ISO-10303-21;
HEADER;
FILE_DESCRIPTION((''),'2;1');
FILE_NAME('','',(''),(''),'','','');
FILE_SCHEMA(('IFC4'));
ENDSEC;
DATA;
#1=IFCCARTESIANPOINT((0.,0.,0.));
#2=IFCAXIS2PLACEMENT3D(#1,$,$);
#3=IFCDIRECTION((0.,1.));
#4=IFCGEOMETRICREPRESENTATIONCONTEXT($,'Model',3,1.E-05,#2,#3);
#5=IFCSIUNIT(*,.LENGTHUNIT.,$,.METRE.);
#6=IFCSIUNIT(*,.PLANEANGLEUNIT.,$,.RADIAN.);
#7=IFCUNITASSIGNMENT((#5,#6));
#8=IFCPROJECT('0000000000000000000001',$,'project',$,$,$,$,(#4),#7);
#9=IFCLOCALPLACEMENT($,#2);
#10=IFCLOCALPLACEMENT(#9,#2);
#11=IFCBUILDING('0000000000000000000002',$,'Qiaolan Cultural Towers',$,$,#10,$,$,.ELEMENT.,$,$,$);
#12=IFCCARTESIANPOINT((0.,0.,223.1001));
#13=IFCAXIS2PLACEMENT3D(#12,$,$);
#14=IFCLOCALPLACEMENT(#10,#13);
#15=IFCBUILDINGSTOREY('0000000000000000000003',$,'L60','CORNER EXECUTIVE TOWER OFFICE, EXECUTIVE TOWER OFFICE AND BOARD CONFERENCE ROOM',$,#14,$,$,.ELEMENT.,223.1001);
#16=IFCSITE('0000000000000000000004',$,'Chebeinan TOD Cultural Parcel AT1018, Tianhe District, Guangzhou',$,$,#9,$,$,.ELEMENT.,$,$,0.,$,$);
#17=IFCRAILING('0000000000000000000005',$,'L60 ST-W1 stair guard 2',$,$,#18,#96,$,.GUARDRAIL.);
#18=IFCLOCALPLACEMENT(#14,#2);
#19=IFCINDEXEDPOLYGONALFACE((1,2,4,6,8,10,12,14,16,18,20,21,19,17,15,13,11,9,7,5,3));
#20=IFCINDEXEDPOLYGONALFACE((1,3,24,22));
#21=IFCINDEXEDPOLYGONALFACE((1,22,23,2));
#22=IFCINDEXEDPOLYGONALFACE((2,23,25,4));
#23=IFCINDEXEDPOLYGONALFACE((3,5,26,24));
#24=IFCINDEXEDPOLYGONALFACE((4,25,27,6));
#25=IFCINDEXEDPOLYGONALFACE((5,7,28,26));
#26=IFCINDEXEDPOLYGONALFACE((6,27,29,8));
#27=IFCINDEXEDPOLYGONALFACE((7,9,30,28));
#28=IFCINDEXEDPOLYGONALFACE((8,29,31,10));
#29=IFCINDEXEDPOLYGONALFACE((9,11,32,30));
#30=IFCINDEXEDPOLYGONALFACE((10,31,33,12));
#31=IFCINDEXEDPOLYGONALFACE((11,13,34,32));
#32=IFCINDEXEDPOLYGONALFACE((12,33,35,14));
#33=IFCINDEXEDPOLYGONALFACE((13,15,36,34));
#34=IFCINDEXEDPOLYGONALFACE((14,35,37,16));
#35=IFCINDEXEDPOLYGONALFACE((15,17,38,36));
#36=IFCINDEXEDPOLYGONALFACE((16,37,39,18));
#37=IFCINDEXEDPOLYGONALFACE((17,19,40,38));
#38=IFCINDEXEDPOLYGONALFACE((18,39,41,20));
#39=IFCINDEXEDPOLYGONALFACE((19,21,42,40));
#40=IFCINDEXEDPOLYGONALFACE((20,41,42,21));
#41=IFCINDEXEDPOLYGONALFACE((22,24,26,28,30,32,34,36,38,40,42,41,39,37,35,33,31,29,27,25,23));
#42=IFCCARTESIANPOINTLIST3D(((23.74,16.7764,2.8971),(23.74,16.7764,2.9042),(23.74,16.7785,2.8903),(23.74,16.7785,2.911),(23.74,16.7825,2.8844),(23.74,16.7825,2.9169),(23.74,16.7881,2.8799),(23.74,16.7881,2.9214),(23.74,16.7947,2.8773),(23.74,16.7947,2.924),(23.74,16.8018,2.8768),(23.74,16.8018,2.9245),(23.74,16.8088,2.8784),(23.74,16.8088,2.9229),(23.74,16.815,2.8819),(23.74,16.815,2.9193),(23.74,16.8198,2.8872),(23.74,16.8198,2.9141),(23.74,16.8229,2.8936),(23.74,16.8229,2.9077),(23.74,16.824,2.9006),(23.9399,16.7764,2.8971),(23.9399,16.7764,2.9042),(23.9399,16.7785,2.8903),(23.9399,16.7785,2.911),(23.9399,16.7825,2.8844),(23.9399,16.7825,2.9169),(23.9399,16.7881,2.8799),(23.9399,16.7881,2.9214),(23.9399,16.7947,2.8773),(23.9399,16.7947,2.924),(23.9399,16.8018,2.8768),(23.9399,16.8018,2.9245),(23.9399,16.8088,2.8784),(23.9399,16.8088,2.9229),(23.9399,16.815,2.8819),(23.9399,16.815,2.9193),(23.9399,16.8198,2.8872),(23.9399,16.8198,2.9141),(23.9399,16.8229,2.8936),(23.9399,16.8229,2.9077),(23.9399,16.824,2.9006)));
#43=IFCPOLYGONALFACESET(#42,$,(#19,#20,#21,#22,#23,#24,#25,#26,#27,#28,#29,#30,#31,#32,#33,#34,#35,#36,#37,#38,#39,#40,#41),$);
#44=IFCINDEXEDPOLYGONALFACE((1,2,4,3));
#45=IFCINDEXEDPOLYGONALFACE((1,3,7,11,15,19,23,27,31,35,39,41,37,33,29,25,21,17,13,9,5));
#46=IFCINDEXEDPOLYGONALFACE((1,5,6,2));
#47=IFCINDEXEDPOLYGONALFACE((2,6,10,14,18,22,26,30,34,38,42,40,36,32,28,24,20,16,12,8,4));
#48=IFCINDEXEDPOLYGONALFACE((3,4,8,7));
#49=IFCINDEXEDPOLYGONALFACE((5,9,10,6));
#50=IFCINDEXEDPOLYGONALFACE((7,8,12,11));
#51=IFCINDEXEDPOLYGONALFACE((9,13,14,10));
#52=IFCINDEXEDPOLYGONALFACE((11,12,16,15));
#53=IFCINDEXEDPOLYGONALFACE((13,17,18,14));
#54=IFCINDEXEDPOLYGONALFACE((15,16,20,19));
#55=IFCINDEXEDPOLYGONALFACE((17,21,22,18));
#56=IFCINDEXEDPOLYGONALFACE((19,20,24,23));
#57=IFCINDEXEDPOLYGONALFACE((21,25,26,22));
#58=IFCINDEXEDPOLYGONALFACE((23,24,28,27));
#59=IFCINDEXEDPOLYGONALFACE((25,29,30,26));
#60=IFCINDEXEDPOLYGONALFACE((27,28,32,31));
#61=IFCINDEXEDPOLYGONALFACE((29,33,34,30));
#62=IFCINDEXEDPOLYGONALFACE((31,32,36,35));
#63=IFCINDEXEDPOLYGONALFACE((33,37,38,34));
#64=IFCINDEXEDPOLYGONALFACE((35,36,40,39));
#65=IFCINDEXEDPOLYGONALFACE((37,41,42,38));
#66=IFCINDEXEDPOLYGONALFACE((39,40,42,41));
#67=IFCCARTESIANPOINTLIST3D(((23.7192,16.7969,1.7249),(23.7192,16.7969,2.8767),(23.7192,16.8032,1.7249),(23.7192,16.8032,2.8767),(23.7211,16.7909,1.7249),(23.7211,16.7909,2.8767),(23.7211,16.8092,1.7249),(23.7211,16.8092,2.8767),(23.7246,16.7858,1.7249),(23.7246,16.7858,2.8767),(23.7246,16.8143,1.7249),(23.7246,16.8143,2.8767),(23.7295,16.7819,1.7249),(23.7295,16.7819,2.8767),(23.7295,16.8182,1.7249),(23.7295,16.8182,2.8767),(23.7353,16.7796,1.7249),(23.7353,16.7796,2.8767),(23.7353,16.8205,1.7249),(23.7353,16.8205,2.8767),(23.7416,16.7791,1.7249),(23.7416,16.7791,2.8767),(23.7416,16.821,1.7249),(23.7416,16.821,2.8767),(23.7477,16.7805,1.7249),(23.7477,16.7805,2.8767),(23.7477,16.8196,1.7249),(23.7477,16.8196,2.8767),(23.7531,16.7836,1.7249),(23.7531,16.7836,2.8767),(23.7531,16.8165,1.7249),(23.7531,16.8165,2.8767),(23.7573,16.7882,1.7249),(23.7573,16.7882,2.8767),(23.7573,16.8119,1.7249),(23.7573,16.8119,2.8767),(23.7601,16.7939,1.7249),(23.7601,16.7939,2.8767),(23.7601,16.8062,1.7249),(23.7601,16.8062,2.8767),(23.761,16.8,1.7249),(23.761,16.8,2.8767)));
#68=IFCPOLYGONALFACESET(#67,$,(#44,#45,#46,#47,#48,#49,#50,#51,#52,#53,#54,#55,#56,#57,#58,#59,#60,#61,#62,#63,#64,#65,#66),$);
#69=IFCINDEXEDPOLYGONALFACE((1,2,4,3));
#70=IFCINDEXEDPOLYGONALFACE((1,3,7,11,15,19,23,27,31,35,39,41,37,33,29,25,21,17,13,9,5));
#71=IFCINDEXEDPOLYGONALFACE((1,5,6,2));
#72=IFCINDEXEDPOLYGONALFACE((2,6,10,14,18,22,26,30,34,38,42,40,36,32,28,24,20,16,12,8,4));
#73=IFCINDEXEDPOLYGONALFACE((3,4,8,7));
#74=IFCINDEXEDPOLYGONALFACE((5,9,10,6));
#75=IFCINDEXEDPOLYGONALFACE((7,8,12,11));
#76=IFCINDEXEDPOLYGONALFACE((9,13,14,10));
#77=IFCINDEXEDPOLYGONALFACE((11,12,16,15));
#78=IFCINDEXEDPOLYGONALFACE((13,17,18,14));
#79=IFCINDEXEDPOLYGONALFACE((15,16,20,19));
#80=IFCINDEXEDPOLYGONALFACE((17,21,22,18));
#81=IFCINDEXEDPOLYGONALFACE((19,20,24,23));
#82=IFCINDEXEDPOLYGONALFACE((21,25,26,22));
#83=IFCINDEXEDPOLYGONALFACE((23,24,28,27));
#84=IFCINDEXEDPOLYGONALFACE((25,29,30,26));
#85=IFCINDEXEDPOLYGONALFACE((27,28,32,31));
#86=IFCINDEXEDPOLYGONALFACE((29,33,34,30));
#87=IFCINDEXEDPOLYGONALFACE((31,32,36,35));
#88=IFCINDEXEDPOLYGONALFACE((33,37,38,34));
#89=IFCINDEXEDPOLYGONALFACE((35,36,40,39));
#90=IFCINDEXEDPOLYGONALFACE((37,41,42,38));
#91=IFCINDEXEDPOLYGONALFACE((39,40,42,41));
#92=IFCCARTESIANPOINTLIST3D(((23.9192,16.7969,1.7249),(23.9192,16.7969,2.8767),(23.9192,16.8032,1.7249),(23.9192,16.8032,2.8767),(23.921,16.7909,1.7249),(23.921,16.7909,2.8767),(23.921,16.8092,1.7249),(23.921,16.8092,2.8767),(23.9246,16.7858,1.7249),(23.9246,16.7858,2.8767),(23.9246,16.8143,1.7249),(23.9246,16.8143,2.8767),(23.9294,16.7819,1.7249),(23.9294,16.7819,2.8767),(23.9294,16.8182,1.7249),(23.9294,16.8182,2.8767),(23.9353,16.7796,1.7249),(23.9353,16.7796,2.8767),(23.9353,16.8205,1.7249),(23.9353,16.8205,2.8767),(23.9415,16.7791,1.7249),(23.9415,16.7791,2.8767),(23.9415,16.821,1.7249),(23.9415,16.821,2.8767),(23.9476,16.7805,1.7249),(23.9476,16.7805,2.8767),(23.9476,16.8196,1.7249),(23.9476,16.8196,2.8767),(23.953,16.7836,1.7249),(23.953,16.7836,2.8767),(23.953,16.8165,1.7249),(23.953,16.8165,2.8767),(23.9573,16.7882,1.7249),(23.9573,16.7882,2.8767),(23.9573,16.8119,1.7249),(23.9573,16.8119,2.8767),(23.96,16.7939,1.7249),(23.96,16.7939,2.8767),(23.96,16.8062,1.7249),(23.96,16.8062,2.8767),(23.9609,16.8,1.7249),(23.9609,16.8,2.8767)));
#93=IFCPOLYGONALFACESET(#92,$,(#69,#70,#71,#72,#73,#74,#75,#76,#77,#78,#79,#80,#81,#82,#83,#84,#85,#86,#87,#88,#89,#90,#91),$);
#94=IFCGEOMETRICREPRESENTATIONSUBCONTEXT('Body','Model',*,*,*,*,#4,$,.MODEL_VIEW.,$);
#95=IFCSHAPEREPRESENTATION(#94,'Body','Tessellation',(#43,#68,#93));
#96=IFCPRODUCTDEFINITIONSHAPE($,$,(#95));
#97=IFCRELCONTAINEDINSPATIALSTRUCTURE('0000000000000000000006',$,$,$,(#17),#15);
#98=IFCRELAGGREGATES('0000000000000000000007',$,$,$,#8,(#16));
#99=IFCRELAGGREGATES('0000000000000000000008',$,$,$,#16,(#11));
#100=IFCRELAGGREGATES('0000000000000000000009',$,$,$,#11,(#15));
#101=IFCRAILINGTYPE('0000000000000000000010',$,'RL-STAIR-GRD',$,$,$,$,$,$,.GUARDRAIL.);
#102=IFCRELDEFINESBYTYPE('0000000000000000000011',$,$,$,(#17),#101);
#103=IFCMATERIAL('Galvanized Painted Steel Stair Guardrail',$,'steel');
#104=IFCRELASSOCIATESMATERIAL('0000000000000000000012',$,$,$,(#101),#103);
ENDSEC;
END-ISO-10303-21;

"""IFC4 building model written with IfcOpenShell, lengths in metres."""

from ifc_helpers import new_model, si_unit, direction, frame, origin, origin_2d, place, context, subcontext, project, spatial, circle, extrude, material, type_object, element, save


model = new_model("IFC4")

# Units and contexts
model_context = context("Model", 3, precision=1e-05, world=origin(), true_north=direction((0.0, 1.0)))
body_context = subcontext(model_context, "Body", "Model", "MODEL_VIEW")
ifc_project = project(units=[si_unit("LENGTHUNIT", "METRE"), si_unit("PLANEANGLEUNIT", "RADIAN")], contexts=[model_context])

# Site, building, storey
site_placement = place(None, origin())
site = spatial("IfcSite", under=ifc_project, at=site_placement, Name="Chebeinan TOD Cultural Parcel AT1018, Tianhe District, Guangzhou", CompositionType="ELEMENT", RefElevation=0.0)
building_placement = place(site_placement, origin())
building = spatial("IfcBuilding", under=site, at=building_placement, Name="Qiaolan Cultural Towers", CompositionType="ELEMENT")
storey_placement = place(building_placement, frame((0.0, 0.0, 223.1001)))
storey = spatial("IfcBuildingStorey", under=building, at=storey_placement, Name="L60", Description="CORNER EXECUTIVE TOWER OFFICE, EXECUTIVE TOWER OFFICE AND BOARD CONFERENCE ROOM", CompositionType="ELEMENT", Elevation=223.1001)

# Railing
ifc_material_1 = material(Name="Galvanized Painted Steel Stair Guardrail", Category="steel")
railing_type_1 = type_object("IfcRailingType", Name="RL-STAIR-GRD", PredefinedType="GUARDRAIL", material=ifc_material_1)
railing_1_placement = place(storey_placement, frame((23.74, 16.8, 1.7249)))
element("IfcRailing", 1, at=railing_1_placement, inside=storey, type_object=railing_type_1, Name="L60 ST-W1 stair guard 2", PredefinedType="GUARDRAIL", context=body_context, shape_type="SweptSolid", body=[
    extrude(circle(Radius=0.0239, at=origin_2d()), frame((0.0, 0.0, 1.1758), z_axis=(1.0, 0.0, 0.0), x_axis=(0.0, 1.0, 0.0)), (0.0, 0.0, 1.0), 0.2),
    extrude(circle(Radius=0.021, at=origin_2d()), origin(), (0.0, 0.0, 1.0), 1.1519),
    extrude(circle(Radius=0.021, at=origin_2d()), frame((0.2, 0.0, 0.0)), (0.0, 0.0, 1.0), 1.1519),
])

save(model, "model.ifc")
